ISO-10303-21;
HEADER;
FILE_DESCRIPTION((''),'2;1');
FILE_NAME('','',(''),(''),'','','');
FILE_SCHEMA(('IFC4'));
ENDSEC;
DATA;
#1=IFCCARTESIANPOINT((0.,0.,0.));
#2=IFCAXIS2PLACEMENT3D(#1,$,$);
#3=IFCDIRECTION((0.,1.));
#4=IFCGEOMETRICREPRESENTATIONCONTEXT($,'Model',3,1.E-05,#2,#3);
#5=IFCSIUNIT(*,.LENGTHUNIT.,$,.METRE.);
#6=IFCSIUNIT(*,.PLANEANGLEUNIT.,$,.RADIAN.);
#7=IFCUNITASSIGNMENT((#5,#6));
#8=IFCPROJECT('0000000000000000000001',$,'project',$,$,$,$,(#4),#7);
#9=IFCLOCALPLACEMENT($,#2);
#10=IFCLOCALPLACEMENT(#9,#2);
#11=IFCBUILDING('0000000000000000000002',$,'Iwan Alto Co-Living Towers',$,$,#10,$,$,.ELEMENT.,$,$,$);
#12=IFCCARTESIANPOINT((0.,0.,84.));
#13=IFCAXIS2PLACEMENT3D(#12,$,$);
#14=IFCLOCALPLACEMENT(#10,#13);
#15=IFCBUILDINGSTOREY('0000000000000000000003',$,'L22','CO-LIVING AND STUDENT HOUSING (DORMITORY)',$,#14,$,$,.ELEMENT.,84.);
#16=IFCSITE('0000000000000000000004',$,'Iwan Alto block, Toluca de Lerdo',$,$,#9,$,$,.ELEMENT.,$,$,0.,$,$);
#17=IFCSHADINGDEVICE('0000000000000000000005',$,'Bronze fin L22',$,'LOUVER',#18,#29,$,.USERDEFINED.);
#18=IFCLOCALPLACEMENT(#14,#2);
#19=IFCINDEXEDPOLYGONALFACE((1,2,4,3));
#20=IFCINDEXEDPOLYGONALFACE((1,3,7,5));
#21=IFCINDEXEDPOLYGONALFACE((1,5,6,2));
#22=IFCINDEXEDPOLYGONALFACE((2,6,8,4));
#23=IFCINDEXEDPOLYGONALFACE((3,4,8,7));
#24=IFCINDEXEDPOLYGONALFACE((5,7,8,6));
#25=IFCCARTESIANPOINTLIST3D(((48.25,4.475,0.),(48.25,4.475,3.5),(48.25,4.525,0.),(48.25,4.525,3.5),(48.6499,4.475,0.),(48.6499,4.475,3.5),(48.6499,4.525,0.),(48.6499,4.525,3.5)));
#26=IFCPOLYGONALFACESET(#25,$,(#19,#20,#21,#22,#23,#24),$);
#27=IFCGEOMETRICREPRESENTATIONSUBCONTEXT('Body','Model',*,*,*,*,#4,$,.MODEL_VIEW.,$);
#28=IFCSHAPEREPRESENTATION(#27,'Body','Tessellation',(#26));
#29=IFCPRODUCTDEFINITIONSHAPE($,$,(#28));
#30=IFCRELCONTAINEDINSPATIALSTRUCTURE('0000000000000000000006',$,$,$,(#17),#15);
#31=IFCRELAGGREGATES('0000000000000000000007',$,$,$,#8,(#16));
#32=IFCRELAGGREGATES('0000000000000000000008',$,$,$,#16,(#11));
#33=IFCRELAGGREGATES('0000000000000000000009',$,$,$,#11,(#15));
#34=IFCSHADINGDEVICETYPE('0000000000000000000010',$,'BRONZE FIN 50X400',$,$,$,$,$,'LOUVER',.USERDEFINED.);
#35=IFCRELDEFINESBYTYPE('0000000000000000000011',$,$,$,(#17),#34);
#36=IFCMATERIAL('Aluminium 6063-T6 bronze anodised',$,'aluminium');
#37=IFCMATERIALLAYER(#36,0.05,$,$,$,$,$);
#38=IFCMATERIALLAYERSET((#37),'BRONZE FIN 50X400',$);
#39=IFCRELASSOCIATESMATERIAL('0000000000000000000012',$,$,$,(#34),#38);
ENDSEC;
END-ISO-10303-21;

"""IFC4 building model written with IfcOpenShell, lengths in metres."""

from ifc_helpers import new_model, si_unit, direction, frame, origin, origin_2d, place, context, subcontext, project, spatial, rectangle, extrude, material, layer, layer_set, type_object, element, save


model = new_model("IFC4")

# Units and contexts
model_context = context("Model", 3, precision=1e-05, world=origin(), true_north=direction((0.0, 1.0)))
body_context = subcontext(model_context, "Body", "Model", "MODEL_VIEW")
ifc_project = project(units=[si_unit("LENGTHUNIT", "METRE"), si_unit("PLANEANGLEUNIT", "RADIAN")], contexts=[model_context])

# Site, building, storey
site_placement = place(None, origin())
site = spatial("IfcSite", under=ifc_project, at=site_placement, Name="Iwan Alto block, Toluca de Lerdo", CompositionType="ELEMENT", RefElevation=0.0)
building_placement = place(site_placement, origin())
building = spatial("IfcBuilding", under=site, at=building_placement, Name="Iwan Alto Co-Living Towers", CompositionType="ELEMENT")
storey_placement = place(building_placement, frame((0.0, 0.0, 84.0)))
storey = spatial("IfcBuildingStorey", under=building, at=storey_placement, Name="L22", Description="CO-LIVING AND STUDENT HOUSING (DORMITORY)", CompositionType="ELEMENT", Elevation=84.0)

# Shading device
ifc_material_1 = material(Name="Aluminium 6063-T6 bronze anodised", Category="aluminium")
ifc_layer_1 = layer(ifc_material_1, 0.05)
ifc_layer_set_1 = layer_set([ifc_layer_1], Name="BRONZE FIN 50X400")
shading_device_type = type_object("IfcShadingDeviceType", Name="BRONZE FIN 50X400", ElementType="LOUVER", PredefinedType="USERDEFINED", material=ifc_layer_set_1)
shading_device_placement = place(storey_placement, frame((48.45, 4.5, 0.0), z_axis=(0.0, 0.0, 1.0), x_axis=(0.0, -1.0, 0.0)))
element("IfcShadingDevice", 1, at=shading_device_placement, inside=storey, type_object=shading_device_type, Name="Bronze fin L22", ObjectType="LOUVER", PredefinedType="USERDEFINED", context=body_context, shape_type="SweptSolid", body=[
    extrude(rectangle(XDim=0.05, YDim=0.3999, at=origin_2d()), origin(), (0.0, 0.0, 1.0), 3.5),
])

save(model, "model.ifc")
